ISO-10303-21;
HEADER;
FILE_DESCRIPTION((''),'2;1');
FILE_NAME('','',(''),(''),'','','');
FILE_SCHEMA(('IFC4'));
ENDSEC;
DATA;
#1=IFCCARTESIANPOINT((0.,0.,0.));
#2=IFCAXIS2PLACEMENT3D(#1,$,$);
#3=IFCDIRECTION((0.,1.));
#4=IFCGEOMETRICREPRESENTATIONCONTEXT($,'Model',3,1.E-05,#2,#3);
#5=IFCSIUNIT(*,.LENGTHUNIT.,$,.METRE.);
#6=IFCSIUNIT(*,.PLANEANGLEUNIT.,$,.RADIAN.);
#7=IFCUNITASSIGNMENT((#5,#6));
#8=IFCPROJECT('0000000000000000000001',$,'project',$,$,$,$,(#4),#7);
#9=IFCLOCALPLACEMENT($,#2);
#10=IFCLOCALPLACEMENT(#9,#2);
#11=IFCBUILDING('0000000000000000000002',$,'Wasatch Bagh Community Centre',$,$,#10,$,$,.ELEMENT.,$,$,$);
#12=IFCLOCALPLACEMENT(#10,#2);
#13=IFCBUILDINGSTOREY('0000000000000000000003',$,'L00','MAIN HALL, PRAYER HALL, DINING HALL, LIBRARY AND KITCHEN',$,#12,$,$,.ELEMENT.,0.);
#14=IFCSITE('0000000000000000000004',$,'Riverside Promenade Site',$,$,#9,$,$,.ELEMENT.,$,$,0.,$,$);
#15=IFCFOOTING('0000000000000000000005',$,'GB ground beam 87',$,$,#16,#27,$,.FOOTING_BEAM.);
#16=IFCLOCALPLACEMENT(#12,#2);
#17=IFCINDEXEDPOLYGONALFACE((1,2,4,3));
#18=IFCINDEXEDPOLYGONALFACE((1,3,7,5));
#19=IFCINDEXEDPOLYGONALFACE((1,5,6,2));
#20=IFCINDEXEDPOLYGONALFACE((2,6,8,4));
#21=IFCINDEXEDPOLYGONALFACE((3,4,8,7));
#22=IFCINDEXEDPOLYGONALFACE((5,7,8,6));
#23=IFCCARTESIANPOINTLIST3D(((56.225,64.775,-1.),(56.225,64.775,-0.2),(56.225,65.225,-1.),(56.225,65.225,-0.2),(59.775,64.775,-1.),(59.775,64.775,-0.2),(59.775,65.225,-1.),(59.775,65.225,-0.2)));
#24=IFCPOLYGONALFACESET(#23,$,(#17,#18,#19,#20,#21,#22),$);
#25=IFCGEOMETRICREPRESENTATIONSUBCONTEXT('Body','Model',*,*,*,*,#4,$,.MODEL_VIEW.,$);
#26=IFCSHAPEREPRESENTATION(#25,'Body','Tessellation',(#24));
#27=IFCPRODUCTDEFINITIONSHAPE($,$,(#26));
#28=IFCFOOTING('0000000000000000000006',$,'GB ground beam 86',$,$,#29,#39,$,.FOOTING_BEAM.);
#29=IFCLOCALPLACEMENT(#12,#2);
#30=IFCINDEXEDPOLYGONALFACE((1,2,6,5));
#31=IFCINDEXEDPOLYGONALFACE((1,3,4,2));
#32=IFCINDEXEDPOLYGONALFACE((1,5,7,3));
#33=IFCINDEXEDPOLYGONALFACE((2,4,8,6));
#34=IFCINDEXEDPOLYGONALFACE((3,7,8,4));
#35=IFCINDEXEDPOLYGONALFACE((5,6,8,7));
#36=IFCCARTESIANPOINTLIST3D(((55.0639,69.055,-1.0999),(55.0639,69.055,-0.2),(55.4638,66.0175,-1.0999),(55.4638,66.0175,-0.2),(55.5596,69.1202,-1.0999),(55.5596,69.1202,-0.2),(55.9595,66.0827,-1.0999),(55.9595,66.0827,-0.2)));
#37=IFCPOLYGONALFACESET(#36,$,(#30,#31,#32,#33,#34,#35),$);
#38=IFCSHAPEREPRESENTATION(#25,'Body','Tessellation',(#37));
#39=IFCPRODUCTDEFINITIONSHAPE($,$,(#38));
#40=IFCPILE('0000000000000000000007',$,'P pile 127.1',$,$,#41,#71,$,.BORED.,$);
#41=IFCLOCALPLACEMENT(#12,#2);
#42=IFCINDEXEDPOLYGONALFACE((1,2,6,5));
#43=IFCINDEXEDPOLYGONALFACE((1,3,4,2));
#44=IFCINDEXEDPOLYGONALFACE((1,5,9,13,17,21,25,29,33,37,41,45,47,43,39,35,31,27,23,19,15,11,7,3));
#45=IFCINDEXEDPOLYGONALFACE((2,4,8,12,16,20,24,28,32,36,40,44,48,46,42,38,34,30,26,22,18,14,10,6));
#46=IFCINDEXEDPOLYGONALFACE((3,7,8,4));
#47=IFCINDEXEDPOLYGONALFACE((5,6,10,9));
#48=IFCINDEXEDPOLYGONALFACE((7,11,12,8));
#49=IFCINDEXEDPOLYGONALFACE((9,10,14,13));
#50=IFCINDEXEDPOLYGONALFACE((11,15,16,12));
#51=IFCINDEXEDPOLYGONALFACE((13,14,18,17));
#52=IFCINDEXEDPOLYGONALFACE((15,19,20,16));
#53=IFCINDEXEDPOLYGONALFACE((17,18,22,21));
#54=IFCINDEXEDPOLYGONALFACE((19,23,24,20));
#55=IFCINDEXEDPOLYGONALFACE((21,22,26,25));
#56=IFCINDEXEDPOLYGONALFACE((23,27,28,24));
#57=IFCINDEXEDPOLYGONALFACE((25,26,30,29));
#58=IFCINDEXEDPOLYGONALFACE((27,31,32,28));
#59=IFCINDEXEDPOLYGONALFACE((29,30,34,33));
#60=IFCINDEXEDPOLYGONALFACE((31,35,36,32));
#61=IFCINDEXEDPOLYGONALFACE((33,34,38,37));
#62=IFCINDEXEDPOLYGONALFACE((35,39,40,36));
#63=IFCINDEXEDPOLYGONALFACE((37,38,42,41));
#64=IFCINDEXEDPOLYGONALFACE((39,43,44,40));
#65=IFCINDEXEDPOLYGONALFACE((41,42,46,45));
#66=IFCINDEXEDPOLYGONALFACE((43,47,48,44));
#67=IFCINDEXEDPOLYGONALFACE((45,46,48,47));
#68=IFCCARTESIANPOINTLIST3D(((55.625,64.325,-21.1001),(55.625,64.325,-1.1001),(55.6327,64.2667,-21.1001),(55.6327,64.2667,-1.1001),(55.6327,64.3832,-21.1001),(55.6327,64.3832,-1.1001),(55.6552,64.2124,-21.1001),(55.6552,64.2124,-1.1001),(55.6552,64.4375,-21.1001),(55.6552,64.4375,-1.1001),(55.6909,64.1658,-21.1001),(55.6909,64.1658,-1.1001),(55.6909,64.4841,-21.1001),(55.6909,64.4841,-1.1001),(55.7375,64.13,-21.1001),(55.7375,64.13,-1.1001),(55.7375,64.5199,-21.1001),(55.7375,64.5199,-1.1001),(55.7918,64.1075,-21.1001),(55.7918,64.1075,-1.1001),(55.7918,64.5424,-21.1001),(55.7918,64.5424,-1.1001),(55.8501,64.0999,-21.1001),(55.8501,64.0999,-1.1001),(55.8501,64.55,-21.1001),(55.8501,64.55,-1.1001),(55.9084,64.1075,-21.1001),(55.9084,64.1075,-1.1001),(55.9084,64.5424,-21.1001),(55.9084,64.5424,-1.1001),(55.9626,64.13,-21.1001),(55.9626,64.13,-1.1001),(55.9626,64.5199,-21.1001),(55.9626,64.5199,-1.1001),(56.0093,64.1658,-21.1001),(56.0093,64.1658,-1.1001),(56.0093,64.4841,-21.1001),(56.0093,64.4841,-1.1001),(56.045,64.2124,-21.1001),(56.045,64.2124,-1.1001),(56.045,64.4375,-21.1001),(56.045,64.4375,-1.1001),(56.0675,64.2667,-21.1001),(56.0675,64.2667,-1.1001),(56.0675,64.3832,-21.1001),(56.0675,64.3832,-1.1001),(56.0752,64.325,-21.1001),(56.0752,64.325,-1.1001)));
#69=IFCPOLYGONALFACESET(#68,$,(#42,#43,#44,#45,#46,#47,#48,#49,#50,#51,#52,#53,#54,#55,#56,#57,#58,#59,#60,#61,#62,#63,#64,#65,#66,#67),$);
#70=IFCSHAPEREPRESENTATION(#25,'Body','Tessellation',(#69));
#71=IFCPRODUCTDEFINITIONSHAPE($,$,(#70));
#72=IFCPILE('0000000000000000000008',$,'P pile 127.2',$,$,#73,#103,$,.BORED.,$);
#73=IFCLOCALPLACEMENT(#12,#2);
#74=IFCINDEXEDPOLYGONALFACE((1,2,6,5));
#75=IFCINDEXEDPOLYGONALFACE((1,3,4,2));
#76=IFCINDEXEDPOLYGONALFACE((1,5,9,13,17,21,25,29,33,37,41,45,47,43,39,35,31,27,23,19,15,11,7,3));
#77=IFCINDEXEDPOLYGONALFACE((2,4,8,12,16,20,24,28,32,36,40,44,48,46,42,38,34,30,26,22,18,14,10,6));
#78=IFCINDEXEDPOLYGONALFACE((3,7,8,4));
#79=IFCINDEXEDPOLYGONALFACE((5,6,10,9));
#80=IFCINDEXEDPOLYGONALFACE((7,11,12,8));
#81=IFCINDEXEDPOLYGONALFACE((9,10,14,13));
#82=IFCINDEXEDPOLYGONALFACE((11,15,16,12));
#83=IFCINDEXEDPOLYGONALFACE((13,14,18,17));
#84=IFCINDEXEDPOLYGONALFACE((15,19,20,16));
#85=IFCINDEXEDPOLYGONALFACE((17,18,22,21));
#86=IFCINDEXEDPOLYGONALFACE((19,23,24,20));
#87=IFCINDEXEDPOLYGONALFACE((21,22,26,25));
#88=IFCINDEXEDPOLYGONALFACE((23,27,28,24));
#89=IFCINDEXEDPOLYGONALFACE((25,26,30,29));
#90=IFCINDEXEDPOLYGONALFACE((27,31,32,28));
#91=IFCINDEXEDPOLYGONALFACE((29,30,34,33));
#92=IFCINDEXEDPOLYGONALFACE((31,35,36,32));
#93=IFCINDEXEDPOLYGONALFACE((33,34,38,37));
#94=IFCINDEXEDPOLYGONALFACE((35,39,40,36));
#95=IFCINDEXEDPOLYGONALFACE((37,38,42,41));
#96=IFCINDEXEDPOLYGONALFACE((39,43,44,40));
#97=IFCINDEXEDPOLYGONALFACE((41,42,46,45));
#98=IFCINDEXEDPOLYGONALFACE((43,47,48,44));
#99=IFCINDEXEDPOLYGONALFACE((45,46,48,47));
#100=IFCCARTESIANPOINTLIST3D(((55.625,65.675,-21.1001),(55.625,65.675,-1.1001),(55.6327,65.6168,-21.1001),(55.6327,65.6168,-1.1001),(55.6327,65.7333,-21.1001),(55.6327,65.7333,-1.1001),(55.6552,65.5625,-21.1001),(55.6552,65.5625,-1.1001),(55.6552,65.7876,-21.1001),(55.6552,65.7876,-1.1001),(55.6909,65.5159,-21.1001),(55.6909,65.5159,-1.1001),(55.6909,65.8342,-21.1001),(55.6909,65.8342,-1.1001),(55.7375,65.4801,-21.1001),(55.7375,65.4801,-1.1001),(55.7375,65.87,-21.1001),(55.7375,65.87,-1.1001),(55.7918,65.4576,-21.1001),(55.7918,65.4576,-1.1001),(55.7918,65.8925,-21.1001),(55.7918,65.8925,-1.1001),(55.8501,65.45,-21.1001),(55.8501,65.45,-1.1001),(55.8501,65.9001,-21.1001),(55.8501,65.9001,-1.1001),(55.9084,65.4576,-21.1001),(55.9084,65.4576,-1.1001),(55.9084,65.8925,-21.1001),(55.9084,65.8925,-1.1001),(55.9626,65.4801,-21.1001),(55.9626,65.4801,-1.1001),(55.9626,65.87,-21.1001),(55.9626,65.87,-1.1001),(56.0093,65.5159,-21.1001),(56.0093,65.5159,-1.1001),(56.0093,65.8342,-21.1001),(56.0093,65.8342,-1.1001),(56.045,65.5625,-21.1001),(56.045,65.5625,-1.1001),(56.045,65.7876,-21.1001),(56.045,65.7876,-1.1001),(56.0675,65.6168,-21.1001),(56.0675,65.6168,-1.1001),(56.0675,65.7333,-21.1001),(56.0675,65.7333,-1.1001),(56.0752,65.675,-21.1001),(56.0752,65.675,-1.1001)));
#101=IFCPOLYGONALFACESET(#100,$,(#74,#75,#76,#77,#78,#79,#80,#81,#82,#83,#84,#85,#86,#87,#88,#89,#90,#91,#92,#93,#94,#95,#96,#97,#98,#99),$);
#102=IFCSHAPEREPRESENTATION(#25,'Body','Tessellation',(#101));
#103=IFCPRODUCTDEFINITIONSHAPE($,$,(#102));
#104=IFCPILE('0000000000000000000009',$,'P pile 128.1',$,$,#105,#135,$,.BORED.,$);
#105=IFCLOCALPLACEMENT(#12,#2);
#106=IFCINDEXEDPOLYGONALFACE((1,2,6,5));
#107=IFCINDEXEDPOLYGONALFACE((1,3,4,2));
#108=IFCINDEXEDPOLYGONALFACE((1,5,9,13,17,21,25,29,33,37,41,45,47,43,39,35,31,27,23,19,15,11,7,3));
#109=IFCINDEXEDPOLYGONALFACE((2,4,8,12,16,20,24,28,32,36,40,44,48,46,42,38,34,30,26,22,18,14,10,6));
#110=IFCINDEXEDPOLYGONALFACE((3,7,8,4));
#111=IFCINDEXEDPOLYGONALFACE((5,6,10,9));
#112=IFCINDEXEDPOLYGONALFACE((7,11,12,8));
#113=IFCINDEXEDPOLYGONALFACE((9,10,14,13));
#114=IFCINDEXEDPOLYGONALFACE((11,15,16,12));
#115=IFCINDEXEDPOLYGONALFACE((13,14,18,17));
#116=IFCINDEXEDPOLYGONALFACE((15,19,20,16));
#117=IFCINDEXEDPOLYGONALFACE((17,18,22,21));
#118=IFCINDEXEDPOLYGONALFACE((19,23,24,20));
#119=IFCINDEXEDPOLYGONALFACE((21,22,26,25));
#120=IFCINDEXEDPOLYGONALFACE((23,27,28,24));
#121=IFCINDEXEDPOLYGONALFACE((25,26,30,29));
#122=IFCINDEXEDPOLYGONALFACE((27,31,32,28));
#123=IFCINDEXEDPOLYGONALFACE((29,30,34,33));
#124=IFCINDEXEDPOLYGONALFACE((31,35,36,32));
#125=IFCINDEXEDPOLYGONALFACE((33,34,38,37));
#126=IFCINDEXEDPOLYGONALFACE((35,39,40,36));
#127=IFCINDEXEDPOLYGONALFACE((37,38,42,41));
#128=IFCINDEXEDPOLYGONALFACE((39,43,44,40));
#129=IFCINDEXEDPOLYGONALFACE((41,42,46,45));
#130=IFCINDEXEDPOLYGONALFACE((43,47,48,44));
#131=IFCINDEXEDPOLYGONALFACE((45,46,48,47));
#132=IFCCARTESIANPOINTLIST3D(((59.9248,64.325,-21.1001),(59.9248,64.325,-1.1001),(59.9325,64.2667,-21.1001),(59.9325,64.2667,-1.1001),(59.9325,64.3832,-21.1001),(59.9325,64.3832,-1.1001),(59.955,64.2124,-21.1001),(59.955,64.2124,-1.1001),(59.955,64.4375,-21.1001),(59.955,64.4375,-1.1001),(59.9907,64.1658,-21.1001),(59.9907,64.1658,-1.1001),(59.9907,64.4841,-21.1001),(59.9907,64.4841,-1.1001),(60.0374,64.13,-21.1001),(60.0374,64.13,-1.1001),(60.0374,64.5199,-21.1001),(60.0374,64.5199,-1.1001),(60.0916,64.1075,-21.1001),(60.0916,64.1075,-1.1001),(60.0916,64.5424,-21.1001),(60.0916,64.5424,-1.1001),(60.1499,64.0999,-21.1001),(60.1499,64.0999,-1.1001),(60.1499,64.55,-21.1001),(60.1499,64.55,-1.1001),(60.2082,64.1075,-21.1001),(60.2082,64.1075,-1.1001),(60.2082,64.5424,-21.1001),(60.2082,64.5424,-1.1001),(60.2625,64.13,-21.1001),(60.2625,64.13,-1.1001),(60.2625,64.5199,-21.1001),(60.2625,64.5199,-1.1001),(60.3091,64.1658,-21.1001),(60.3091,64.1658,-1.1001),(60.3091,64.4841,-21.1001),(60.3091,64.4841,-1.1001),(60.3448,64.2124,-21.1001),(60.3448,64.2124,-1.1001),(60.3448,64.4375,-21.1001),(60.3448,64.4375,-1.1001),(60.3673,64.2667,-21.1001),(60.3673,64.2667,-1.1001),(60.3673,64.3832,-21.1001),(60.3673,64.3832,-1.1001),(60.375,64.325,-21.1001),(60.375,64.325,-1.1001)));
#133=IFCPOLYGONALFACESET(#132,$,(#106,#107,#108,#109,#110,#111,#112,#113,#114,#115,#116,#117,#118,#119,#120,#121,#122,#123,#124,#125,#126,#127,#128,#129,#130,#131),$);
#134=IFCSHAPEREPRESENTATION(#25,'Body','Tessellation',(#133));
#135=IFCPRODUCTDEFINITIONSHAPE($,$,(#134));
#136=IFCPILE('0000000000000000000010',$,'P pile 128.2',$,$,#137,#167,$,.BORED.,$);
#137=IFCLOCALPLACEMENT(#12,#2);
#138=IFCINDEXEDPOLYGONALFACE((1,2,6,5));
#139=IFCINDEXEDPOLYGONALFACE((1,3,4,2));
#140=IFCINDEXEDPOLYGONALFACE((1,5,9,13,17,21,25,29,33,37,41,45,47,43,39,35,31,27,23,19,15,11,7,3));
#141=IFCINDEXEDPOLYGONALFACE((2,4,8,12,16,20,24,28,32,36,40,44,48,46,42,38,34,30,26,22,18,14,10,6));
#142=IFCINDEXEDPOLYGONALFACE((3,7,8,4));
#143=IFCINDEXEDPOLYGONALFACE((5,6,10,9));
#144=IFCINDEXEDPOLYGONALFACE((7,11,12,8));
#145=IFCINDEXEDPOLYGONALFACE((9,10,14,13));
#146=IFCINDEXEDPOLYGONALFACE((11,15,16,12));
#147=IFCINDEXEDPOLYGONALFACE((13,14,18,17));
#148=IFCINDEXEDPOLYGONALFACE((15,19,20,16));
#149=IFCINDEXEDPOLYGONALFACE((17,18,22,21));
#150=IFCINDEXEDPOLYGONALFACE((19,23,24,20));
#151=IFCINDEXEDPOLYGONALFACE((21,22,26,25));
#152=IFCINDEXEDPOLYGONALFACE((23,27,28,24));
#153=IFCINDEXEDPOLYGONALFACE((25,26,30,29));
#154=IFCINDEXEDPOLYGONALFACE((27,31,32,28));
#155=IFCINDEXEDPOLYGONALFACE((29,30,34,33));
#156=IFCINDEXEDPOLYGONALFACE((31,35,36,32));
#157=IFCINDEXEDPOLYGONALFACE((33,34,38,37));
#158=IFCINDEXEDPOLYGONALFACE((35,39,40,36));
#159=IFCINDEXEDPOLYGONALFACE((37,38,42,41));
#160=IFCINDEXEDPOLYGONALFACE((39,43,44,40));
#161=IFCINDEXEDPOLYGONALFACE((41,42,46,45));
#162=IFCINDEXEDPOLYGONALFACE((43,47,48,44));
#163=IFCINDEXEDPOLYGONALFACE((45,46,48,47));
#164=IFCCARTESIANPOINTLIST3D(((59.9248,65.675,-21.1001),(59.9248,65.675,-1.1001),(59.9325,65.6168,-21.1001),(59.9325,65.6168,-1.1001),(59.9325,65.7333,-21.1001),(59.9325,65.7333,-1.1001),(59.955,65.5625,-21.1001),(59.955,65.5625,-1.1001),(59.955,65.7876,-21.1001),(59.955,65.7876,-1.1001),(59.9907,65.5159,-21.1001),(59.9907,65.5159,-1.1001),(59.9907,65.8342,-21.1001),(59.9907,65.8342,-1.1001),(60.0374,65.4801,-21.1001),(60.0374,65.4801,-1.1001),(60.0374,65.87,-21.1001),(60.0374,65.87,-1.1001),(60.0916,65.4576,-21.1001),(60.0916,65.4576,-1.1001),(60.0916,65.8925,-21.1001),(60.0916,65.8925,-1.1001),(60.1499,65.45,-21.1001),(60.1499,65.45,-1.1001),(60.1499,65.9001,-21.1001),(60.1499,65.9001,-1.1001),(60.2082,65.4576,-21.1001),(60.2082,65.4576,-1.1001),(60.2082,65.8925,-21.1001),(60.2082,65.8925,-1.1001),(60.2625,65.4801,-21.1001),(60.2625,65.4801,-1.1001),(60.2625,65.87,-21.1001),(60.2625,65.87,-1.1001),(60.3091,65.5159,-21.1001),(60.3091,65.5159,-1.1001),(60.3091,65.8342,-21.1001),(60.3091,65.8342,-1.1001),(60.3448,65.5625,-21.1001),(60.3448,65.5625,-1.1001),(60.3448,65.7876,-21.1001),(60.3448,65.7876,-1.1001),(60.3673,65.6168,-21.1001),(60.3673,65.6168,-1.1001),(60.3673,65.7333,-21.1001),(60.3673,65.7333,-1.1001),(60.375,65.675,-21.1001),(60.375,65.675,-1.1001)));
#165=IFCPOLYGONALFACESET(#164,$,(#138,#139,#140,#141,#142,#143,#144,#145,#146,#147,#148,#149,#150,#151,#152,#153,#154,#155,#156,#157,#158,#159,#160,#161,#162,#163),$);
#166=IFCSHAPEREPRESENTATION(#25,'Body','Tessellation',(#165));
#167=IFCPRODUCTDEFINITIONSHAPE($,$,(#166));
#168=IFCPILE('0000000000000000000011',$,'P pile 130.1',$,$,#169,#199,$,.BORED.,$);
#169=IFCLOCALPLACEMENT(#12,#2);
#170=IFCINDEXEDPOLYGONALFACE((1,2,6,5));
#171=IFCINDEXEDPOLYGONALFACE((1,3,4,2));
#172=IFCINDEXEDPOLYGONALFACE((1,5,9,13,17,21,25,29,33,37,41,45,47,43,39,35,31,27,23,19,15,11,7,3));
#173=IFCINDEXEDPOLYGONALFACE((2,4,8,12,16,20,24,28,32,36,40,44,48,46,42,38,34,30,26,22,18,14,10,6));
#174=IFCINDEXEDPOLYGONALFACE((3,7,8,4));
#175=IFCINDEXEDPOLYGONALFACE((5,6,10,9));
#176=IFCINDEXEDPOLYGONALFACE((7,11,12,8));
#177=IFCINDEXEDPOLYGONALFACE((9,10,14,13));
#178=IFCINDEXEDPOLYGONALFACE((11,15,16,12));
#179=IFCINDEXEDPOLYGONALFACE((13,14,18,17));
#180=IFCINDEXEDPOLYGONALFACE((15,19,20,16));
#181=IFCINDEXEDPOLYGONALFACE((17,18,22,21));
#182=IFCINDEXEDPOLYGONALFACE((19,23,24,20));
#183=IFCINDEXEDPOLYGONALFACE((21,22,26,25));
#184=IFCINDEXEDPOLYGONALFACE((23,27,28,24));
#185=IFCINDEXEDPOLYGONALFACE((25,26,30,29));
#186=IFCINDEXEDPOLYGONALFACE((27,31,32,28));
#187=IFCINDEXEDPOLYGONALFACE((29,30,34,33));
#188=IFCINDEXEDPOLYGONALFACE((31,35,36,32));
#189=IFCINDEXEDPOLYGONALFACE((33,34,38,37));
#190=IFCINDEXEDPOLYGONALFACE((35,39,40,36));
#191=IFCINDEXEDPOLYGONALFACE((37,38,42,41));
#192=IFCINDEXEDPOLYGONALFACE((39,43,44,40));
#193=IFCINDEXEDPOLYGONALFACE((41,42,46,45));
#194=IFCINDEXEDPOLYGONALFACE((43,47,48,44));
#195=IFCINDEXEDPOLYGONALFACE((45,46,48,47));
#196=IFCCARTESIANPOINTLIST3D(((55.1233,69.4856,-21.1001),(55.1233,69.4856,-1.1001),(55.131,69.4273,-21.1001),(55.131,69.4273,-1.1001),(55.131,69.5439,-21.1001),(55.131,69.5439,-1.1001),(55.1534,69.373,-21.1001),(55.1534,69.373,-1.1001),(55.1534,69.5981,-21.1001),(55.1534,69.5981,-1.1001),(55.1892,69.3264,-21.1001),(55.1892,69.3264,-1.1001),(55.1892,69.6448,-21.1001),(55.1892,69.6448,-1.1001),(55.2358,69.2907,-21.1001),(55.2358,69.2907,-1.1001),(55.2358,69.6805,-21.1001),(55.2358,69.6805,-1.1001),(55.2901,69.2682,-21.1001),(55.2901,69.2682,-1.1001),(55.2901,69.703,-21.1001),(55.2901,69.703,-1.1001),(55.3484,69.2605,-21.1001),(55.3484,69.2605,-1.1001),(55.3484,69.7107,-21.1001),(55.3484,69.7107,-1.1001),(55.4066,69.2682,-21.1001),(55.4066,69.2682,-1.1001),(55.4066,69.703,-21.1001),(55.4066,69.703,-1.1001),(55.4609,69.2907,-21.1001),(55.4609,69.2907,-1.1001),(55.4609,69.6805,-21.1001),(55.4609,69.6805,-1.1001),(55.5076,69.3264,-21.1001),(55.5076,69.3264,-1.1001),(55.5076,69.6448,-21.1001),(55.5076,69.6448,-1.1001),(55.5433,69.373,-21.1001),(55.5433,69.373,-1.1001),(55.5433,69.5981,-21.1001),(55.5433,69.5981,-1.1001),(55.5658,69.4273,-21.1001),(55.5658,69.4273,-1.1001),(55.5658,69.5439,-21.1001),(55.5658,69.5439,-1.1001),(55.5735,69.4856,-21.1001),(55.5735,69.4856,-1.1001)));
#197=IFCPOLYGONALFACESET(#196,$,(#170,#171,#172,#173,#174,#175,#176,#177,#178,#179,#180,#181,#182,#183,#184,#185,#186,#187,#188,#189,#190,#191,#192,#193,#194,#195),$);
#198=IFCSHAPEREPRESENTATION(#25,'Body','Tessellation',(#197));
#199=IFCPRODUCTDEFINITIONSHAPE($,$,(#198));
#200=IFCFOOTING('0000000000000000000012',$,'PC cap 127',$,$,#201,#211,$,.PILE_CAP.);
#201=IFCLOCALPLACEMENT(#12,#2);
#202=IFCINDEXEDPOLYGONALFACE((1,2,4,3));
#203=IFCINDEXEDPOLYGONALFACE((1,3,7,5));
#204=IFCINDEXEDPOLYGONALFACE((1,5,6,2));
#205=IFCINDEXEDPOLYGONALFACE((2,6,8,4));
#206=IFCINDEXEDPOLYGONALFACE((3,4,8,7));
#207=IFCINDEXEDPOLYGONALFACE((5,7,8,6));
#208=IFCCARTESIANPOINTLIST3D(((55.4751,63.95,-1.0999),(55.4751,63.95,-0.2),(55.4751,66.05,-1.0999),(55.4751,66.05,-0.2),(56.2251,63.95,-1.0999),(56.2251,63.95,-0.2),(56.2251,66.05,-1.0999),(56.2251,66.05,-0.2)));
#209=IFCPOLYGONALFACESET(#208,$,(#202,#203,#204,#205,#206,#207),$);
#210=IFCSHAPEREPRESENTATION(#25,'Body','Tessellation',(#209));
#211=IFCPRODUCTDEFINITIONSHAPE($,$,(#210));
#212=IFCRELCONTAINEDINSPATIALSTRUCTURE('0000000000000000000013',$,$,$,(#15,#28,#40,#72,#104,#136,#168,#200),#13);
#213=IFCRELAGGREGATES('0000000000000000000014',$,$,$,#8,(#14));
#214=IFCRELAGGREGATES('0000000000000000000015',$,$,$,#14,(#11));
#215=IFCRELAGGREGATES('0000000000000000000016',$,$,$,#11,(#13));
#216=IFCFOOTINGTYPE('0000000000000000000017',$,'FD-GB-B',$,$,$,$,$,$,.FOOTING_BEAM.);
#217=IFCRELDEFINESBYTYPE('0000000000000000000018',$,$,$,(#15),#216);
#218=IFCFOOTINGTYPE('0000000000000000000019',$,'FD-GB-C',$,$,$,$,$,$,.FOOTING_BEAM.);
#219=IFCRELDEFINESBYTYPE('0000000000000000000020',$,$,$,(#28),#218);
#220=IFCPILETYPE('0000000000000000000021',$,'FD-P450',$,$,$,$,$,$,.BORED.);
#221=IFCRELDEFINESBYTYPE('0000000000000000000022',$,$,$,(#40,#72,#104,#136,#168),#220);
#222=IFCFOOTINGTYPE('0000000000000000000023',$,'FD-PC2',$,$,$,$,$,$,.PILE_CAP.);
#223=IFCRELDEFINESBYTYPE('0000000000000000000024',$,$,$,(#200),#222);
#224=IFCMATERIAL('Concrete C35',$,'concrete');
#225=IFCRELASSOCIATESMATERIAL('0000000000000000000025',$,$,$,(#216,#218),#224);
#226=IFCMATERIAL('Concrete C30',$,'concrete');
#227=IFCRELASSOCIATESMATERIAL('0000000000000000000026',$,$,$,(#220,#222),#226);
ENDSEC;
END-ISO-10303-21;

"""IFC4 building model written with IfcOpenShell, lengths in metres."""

from ifc_helpers import new_model, si_unit, direction, frame, origin, origin_2d, place, context, subcontext, project, spatial, rectangle, circle, extrude, material, material_profile, profile_set, type_object, element, save


model = new_model("IFC4")

# Units and contexts
model_context = context("Model", 3, precision=1e-05, world=origin(), true_north=direction((0.0, 1.0)))
body_context = subcontext(model_context, "Body", "Model", "MODEL_VIEW")
ifc_project = project(units=[si_unit("LENGTHUNIT", "METRE"), si_unit("PLANEANGLEUNIT", "RADIAN")], contexts=[model_context])

# Site, building, storey
site_placement = place(None, origin())
site = spatial("IfcSite", under=ifc_project, at=site_placement, Name="Riverside Promenade Site", CompositionType="ELEMENT", RefElevation=0.0)
building_placement = place(site_placement, origin())
building = spatial("IfcBuilding", under=site, at=building_placement, Name="Wasatch Bagh Community Centre", CompositionType="ELEMENT")
storey_placement = place(building_placement, origin())
storey = spatial("IfcBuildingStorey", under=building, at=storey_placement, Name="L00", Description="MAIN HALL, PRAYER HALL, DINING HALL, LIBRARY AND KITCHEN", CompositionType="ELEMENT", Elevation=0.0)

# Footings
ifc_material_1 = material(Name="Concrete C35", Category="concrete")
footing_type_1 = type_object("IfcFootingType", Name="FD-GB-B", PredefinedType="FOOTING_BEAM", material=ifc_material_1)
footing_1_placement = place(storey_placement, frame((58.0, 65.0, -1.0), z_axis=(0.0, 0.0, 1.0), x_axis=(1.0, 0.0, 0.0)))
element("IfcFooting", 1, at=footing_1_placement, inside=storey, type_object=footing_type_1, Name="GB ground beam 87", PredefinedType="FOOTING_BEAM", context=body_context, shape_type="SweptSolid", body=[
    extrude(rectangle(XDim=3.55, YDim=0.45, at=origin_2d()), origin(), (0.0, 0.0, 1.0), 0.8),
])
footing_type_2 = type_object("IfcFootingType", Name="FD-GB-C", PredefinedType="FOOTING_BEAM", material=ifc_material_1)
footing_2_placement = place(storey_placement, frame((55.5117, 67.5688, -1.0999), z_axis=(0.0, 0.0, 1.0), x_axis=(-0.130526, 0.991445, 0.0)))
element("IfcFooting", 2, at=footing_2_placement, inside=storey, type_object=footing_type_2, Name="GB ground beam 86", PredefinedType="FOOTING_BEAM", context=body_context, shape_type="SweptSolid", body=[
    extrude(rectangle(XDim=3.0637, YDim=0.5, at=origin_2d()), origin(), (0.0, 0.0, 1.0), 0.8999),
])

# Piles
ifc_material_2 = material(Name="Concrete C30", Category="concrete")
ifc_material_profile_1 = material_profile(ifc_material_2, circle(Radius=0.2251, at=origin_2d()), Name="RC D450")
ifc_profile_set_1 = profile_set([ifc_material_profile_1], Name="Concrete C30")
pile_type = type_object("IfcPileType", Name="FD-P450", PredefinedType="BORED", material=ifc_profile_set_1)
for number, where, z_axis, x_axis, name in (
    (3, (55.8501, 64.325, -1.1001), (0.0, 0.0, -1.0), (1.0, 0.0, 0.0), "P pile 127.1"),
    (4, (55.8501, 65.675, -1.1001), (0.0, 0.0, -1.0), (1.0, 0.0, 0.0), "P pile 127.2"),
    (5, (60.1499, 64.325, -1.1001), (0.0, 0.0, -1.0), (1.0, 0.0, 0.0), "P pile 128.1"),
    (6, (60.1499, 65.675, -1.1001), (0.0, 0.0, -1.0), (1.0, 0.0, 0.0), "P pile 128.2"),
    (7, (55.3484, 69.4856, -1.1001), (0.0, 0.0, -1.0), (1.0, 0.0, 0.0), "P pile 130.1"),
):
    element("IfcPile", number, at=place(storey_placement, frame(where, z_axis=z_axis, x_axis=x_axis)), inside=storey, type_object=pile_type, Name=name, PredefinedType="BORED", context=body_context, shape_type="SweptSolid", body=[
        extrude(circle(Radius=0.2251, at=origin_2d()), origin(), (0.0, 0.0, 1.0), 20.0),
    ])

# Footing
footing_type_3 = type_object("IfcFootingType", Name="FD-PC2", PredefinedType="PILE_CAP", material=ifc_material_2)
for number, where, z_axis, x_axis, name in (
    (8, (55.8501, 65.0, -1.0999), (0.0, 0.0, 1.0), (0.0, 1.0, 0.0), "PC cap 127"),
):
    element("IfcFooting", number, at=place(storey_placement, frame(where, z_axis=z_axis, x_axis=x_axis)), inside=storey, type_object=footing_type_3, Name=name, PredefinedType="PILE_CAP", context=body_context, shape_type="SweptSolid", body=[
        extrude(rectangle(XDim=2.1001, YDim=0.75, at=origin_2d()), origin(), (0.0, 0.0, 1.0), 0.8999),
    ])

save(model, "model.ifc")
